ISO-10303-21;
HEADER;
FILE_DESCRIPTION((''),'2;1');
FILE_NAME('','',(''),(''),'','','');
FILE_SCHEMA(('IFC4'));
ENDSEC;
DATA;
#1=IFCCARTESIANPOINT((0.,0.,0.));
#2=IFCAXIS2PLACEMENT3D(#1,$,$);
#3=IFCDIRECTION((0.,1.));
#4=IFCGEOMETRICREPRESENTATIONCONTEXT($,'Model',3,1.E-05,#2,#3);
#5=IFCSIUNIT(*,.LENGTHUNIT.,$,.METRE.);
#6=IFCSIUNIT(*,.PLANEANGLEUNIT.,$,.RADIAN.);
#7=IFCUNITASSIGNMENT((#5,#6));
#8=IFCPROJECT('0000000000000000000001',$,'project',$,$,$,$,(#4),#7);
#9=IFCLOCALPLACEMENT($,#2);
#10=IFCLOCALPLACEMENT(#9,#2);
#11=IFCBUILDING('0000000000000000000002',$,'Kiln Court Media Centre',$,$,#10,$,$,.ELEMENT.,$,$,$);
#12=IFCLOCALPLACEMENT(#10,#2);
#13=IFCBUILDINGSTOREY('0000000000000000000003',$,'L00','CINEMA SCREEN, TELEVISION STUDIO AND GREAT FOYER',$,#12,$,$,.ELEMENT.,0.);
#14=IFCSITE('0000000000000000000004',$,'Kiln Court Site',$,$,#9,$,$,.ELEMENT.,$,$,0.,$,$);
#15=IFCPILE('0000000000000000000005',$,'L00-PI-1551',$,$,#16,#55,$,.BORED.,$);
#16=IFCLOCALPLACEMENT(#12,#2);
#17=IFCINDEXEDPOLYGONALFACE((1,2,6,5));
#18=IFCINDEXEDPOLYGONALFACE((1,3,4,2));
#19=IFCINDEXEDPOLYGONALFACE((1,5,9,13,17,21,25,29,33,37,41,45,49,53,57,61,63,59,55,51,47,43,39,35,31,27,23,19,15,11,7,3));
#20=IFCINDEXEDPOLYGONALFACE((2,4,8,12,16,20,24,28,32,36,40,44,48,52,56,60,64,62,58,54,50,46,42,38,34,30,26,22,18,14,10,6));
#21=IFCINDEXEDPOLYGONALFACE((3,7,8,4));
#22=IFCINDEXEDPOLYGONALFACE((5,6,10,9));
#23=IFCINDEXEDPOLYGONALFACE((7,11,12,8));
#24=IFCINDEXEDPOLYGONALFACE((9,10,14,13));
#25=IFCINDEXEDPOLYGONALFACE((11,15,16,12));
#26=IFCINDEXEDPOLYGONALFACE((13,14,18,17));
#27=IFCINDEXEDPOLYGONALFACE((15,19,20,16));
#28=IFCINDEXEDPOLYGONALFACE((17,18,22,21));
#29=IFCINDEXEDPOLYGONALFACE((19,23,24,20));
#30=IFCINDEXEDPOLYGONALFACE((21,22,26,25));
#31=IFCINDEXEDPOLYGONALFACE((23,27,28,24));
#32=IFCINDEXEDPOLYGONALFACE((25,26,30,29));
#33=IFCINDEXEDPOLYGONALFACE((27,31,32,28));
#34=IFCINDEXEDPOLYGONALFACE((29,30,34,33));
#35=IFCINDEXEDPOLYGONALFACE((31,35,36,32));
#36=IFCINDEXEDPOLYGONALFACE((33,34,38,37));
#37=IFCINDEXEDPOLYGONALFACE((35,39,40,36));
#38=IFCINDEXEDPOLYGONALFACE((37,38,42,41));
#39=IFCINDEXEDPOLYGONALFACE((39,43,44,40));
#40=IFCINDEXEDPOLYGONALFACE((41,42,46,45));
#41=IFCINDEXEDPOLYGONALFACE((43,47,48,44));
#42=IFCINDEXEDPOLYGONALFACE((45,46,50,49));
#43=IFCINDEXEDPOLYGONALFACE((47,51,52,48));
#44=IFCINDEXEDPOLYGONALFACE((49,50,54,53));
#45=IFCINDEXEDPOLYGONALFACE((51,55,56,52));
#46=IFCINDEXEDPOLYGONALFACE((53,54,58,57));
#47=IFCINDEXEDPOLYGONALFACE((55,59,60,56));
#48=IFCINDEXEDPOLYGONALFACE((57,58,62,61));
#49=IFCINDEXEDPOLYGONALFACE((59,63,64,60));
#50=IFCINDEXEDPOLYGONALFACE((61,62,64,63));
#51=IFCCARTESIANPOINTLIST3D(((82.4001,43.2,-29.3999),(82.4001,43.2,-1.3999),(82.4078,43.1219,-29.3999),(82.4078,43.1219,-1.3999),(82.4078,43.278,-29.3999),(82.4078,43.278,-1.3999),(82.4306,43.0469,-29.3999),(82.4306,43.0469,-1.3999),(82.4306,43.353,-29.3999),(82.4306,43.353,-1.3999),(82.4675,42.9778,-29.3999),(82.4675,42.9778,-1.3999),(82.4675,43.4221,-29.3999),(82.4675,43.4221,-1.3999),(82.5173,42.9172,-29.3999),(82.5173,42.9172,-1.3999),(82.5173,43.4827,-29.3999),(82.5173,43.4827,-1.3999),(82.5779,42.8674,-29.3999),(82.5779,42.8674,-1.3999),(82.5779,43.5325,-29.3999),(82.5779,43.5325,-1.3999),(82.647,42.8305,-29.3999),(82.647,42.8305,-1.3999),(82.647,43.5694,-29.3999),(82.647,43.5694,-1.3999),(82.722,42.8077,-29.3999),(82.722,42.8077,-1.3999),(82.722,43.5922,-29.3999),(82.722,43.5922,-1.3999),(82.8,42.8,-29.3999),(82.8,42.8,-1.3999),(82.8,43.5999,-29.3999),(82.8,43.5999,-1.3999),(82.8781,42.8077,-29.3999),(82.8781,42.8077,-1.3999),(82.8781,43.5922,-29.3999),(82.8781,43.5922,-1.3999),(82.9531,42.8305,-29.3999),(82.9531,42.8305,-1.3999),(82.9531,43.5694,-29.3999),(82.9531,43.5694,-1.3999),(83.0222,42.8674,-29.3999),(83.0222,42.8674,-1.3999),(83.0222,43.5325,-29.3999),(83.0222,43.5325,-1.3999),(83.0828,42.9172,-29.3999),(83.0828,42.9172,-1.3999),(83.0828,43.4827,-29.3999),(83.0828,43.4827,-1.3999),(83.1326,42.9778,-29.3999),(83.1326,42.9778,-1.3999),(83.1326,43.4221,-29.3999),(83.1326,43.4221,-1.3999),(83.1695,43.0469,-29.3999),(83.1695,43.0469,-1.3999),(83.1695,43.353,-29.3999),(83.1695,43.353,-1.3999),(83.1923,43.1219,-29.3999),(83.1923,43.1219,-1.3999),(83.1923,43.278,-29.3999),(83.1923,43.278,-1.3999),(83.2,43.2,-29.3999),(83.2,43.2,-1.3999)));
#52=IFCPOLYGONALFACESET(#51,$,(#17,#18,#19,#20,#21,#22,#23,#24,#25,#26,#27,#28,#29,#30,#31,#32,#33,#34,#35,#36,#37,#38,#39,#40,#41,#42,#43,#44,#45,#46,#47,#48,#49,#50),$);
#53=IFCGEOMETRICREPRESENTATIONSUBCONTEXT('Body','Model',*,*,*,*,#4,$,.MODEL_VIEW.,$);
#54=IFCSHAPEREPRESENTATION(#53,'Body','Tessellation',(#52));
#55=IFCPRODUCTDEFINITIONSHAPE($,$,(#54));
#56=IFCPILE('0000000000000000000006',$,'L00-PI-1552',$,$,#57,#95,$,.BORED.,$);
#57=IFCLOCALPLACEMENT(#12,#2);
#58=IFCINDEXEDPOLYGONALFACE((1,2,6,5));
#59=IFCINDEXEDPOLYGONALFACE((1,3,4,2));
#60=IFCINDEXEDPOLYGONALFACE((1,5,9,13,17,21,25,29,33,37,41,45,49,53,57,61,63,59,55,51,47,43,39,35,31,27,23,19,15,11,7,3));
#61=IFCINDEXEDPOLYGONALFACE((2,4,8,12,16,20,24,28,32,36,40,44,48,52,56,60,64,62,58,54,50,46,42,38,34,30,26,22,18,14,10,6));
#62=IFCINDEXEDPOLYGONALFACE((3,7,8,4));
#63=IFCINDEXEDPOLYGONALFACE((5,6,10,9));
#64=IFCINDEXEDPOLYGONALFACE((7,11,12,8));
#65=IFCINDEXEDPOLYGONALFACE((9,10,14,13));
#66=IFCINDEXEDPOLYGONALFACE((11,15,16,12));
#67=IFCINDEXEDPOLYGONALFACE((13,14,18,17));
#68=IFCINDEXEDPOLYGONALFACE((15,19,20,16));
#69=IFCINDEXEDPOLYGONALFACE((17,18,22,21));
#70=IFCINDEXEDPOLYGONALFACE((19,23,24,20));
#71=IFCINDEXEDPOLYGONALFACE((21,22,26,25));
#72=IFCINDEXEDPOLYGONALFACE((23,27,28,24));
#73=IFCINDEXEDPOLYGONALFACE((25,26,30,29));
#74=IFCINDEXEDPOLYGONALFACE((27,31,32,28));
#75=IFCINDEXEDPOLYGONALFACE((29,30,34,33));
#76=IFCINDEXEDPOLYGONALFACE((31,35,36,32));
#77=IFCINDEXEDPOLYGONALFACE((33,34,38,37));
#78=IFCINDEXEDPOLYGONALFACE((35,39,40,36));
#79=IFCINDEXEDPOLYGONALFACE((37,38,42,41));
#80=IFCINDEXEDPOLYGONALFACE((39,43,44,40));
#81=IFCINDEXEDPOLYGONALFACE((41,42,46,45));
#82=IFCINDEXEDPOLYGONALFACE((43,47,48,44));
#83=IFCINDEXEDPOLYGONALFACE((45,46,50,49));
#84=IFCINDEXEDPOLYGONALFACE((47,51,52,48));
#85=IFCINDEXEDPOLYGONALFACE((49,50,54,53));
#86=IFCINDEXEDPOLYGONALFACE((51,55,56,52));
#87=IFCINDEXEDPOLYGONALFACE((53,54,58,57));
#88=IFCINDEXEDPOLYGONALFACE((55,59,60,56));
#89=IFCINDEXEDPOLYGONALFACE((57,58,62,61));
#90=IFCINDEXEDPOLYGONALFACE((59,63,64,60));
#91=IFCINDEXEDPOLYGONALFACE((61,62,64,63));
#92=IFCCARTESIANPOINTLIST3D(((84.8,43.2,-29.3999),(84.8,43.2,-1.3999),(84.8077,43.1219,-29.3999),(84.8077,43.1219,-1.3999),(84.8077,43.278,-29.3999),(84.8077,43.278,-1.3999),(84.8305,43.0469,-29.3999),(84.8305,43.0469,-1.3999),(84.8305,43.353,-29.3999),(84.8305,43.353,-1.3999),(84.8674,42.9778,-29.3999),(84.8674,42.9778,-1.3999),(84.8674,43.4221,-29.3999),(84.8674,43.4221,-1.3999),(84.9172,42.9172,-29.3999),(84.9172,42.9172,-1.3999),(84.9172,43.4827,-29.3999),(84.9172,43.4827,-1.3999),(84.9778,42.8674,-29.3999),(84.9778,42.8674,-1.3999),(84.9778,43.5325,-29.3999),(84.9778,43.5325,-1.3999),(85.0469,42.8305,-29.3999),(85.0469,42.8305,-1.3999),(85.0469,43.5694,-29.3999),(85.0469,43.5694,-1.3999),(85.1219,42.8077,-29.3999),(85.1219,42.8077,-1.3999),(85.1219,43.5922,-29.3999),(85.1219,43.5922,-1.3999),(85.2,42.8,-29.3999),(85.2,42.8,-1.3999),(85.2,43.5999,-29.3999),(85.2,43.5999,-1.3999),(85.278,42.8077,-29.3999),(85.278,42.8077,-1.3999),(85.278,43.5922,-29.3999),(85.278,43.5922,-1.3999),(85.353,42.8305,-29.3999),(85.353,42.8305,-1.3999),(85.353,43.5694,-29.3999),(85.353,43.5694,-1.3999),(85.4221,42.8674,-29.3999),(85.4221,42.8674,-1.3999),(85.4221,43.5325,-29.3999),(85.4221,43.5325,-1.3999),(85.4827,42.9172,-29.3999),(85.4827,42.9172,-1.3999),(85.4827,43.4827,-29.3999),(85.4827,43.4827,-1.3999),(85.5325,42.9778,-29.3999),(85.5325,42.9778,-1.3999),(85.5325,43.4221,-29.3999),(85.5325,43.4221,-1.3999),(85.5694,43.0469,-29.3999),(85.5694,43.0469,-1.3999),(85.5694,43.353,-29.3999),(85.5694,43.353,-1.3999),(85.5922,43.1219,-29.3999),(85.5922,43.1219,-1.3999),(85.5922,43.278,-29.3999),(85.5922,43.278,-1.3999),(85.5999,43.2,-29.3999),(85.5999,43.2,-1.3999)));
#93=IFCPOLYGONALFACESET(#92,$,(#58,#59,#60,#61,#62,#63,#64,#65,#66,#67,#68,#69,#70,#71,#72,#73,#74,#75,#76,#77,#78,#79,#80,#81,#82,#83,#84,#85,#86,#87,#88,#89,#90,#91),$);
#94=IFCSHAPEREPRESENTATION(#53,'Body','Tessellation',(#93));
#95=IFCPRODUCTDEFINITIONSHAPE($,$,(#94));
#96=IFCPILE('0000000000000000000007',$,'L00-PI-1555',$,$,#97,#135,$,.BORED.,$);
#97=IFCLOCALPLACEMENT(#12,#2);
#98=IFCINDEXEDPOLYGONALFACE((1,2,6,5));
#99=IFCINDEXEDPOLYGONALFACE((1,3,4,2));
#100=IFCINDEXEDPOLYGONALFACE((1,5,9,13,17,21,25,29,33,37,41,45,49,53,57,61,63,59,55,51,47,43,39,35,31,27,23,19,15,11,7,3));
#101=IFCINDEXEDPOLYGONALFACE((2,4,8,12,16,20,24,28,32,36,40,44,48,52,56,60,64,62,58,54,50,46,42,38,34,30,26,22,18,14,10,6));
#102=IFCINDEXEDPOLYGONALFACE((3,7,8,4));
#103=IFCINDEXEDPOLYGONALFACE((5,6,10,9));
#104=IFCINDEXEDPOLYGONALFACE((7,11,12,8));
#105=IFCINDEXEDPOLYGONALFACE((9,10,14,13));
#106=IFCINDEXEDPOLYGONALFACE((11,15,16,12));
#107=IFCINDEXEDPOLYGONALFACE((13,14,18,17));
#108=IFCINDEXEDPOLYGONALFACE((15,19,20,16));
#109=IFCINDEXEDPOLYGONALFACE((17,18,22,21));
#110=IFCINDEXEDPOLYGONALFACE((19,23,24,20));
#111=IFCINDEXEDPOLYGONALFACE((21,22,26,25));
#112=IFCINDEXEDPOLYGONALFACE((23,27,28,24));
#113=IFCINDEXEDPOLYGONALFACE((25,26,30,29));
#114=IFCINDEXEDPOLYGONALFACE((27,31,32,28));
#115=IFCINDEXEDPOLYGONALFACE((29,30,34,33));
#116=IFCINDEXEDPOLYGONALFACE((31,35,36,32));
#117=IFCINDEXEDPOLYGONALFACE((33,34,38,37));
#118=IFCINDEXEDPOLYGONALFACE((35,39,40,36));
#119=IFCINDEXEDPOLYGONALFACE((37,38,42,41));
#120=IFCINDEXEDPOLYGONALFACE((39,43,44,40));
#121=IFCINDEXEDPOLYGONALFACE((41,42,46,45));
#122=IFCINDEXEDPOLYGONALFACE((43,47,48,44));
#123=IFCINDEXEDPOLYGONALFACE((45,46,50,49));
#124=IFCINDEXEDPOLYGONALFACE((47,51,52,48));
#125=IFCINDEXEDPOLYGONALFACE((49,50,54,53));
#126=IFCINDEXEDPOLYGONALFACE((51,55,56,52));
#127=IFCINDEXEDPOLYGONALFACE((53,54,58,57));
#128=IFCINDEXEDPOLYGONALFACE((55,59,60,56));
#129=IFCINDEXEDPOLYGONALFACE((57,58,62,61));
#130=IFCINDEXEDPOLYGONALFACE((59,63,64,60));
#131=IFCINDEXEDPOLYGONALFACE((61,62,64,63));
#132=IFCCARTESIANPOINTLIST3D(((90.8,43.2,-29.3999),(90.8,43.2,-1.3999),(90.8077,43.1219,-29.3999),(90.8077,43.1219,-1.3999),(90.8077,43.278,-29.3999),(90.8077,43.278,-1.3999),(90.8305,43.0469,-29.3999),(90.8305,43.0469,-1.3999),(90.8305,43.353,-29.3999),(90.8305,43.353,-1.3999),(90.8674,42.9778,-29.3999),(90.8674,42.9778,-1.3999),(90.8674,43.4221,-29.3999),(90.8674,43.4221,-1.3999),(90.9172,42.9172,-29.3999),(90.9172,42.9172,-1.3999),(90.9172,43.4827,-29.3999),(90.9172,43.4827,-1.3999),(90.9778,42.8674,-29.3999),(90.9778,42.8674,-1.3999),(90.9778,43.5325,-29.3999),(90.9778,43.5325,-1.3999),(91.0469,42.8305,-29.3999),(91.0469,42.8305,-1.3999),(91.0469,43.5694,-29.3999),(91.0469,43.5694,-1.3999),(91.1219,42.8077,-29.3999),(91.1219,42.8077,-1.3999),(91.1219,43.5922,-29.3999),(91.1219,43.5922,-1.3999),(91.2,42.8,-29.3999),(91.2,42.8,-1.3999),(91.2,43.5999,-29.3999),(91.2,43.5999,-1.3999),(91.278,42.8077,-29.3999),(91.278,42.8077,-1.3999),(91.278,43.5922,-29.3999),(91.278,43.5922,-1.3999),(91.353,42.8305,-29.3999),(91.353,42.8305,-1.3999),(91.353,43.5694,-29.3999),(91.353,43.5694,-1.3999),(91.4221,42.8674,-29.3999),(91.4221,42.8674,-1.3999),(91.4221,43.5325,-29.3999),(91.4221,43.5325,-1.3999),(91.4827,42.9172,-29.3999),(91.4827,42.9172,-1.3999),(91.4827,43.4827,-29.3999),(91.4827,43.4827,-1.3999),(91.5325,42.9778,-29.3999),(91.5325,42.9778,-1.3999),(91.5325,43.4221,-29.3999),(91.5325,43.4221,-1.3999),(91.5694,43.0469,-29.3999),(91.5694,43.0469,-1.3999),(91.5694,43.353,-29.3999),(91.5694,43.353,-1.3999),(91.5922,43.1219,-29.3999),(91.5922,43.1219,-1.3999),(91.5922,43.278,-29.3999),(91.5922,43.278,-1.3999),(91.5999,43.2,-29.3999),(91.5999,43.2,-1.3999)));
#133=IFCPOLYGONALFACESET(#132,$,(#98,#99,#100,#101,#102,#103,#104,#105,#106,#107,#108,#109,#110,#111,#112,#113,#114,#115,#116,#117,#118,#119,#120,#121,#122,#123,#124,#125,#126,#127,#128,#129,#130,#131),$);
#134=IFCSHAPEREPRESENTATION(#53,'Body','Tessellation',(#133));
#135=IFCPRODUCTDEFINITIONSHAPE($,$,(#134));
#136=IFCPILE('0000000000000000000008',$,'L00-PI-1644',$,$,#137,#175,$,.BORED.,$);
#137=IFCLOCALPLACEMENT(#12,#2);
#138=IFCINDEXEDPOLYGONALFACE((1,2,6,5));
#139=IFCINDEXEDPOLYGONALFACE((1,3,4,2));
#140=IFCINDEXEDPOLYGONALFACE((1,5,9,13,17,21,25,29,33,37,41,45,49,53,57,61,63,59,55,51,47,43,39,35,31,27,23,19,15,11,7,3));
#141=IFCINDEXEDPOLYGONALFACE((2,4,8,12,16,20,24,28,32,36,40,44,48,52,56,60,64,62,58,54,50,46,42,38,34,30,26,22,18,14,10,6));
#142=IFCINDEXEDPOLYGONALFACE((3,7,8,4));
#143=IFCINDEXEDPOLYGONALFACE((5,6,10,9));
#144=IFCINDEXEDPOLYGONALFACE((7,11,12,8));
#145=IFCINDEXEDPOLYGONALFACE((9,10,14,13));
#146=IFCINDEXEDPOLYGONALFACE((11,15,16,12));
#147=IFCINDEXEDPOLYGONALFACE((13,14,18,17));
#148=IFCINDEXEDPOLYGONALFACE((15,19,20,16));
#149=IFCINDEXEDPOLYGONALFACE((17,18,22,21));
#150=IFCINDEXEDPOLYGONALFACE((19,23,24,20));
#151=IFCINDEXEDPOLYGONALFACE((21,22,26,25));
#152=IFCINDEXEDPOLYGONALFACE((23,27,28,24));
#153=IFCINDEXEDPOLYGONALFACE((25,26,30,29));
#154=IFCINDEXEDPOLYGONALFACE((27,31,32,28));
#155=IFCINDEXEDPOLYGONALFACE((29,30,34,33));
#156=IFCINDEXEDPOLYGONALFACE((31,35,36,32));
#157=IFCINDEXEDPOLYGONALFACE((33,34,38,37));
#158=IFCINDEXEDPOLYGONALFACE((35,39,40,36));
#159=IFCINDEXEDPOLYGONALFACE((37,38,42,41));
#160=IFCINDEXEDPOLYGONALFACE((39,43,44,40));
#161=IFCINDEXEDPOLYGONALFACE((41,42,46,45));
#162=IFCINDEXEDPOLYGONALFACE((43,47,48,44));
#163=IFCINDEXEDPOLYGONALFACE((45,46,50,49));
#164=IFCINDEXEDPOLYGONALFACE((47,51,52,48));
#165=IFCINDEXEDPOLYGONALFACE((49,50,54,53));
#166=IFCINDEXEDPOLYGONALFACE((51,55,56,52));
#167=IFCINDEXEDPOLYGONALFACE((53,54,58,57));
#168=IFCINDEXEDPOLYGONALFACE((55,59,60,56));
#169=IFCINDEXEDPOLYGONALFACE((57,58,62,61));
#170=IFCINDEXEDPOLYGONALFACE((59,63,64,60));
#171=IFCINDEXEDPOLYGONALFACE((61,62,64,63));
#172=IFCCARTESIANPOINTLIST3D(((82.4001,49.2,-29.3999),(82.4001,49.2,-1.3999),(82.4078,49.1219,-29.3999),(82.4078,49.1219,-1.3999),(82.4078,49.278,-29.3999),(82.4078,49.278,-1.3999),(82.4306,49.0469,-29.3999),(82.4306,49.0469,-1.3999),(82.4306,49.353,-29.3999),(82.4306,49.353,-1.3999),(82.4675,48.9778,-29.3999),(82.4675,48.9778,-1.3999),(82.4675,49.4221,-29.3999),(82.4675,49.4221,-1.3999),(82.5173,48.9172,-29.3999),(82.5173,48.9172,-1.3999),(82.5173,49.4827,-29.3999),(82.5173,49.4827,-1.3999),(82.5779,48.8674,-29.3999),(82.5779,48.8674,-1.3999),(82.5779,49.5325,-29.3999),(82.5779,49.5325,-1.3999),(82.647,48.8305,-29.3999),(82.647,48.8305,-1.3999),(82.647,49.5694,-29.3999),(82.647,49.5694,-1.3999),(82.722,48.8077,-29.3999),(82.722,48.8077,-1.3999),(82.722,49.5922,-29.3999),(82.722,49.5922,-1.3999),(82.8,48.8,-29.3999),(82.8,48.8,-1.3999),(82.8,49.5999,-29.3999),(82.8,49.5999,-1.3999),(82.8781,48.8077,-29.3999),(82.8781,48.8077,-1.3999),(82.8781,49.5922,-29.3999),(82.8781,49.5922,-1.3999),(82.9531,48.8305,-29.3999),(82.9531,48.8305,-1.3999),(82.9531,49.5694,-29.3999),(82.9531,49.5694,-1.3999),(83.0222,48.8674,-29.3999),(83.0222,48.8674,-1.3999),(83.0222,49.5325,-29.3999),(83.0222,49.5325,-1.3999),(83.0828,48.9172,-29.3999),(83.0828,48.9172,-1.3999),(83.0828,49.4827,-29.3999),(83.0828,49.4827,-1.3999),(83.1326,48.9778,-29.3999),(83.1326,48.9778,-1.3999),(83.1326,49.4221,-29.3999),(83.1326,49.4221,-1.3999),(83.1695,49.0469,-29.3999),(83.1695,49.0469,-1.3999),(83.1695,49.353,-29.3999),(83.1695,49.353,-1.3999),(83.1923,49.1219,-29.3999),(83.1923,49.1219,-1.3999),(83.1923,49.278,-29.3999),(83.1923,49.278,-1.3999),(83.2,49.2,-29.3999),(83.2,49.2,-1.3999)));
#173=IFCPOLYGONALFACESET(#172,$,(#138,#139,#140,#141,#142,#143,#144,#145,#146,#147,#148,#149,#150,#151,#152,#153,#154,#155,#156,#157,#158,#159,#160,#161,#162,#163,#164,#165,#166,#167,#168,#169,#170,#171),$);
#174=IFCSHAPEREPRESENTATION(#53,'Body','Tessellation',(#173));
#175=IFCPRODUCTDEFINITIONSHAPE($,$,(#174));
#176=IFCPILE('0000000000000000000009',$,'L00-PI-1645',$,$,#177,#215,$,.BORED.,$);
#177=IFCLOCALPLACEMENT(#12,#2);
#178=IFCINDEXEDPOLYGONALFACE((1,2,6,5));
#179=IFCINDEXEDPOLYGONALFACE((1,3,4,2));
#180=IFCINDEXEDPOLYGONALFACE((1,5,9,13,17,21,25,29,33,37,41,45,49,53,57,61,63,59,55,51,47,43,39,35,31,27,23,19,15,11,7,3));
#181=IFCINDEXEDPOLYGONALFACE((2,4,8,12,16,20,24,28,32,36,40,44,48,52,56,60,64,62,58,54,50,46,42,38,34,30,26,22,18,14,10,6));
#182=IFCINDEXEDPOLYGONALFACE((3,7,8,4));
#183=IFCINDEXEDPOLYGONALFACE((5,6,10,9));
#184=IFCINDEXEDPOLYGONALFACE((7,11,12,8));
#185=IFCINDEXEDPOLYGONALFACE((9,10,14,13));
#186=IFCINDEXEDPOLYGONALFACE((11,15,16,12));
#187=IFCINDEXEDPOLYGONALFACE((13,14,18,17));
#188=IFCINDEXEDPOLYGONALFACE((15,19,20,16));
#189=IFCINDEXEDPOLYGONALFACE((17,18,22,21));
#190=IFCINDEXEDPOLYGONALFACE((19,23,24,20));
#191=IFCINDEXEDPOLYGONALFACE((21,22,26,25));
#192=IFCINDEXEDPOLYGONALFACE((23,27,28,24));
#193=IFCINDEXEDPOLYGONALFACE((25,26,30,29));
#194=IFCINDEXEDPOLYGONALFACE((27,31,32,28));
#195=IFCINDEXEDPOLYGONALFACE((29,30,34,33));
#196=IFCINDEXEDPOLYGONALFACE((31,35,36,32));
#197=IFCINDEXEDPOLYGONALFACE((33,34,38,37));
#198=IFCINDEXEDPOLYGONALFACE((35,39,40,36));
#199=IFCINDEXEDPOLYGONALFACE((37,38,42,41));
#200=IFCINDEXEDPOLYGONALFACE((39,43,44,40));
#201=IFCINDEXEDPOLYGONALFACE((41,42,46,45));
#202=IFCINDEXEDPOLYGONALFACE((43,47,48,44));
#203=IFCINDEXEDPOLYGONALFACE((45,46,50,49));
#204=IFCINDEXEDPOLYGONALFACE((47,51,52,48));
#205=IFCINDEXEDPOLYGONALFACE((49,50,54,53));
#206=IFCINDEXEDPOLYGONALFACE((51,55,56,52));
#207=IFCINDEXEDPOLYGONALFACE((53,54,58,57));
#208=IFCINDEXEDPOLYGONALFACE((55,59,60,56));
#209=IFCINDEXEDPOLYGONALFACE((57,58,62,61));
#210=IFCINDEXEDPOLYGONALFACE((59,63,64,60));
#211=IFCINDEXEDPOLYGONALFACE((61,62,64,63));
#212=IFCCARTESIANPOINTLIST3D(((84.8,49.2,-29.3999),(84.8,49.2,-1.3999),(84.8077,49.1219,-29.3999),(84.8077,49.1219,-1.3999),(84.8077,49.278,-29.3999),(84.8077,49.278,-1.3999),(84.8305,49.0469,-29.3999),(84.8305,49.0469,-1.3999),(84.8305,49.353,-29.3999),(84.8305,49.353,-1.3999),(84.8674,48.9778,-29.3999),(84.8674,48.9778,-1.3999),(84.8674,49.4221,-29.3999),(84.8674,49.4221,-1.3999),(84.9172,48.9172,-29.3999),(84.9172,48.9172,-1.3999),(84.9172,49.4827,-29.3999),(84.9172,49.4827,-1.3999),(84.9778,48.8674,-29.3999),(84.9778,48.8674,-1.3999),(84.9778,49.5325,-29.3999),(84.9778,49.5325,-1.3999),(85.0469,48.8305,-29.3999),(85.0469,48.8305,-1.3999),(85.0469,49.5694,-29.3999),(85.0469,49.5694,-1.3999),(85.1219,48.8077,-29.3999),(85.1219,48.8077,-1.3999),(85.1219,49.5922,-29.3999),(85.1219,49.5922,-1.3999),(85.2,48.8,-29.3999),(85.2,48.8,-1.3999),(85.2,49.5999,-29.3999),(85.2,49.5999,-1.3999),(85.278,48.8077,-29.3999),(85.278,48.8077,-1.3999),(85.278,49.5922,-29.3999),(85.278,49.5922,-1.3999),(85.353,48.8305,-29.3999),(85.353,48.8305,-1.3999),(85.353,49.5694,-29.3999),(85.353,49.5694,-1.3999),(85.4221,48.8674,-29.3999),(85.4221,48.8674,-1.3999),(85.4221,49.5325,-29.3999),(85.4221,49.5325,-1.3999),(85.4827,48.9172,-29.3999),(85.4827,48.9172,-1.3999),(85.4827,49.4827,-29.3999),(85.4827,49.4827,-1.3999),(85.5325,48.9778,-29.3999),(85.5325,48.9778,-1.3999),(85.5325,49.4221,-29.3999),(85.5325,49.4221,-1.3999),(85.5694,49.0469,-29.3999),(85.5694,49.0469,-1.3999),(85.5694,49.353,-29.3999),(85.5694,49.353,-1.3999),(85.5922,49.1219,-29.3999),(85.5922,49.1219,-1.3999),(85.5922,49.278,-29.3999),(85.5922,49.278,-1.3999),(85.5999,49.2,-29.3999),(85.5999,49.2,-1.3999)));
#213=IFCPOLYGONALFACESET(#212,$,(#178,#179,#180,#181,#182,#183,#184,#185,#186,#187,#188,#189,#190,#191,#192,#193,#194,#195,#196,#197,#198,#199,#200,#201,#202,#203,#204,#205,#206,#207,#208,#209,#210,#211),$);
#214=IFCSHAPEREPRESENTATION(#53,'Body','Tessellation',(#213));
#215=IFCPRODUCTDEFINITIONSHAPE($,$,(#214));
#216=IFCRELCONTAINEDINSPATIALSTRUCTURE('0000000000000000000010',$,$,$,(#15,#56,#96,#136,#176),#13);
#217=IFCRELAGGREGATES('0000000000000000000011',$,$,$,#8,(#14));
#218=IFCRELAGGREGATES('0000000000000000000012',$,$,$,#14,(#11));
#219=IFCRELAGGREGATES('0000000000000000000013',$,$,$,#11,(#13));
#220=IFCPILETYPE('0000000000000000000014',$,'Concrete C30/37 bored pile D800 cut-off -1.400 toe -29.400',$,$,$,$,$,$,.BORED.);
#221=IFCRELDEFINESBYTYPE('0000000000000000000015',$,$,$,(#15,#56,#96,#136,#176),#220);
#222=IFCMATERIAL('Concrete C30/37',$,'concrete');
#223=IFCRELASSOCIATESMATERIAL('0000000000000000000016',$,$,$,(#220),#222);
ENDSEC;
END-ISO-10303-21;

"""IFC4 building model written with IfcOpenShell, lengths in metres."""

from ifc_helpers import new_model, si_unit, direction, frame, origin, origin_2d, place, context, subcontext, project, spatial, circle, extrude, material, material_profile, profile_set, type_object, element, save


model = new_model("IFC4")

# Units and contexts
model_context = context("Model", 3, precision=1e-05, world=origin(), true_north=direction((0.0, 1.0)))
body_context = subcontext(model_context, "Body", "Model", "MODEL_VIEW")
ifc_project = project(units=[si_unit("LENGTHUNIT", "METRE"), si_unit("PLANEANGLEUNIT", "RADIAN")], contexts=[model_context])

# Site, building, storey
site_placement = place(None, origin())
site = spatial("IfcSite", under=ifc_project, at=site_placement, Name="Kiln Court Site", CompositionType="ELEMENT", RefElevation=0.0)
building_placement = place(site_placement, origin())
building = spatial("IfcBuilding", under=site, at=building_placement, Name="Kiln Court Media Centre", CompositionType="ELEMENT")
storey_placement = place(building_placement, origin())
storey = spatial("IfcBuildingStorey", under=building, at=storey_placement, Name="L00", Description="CINEMA SCREEN, TELEVISION STUDIO AND GREAT FOYER", CompositionType="ELEMENT", Elevation=0.0)

# Piles
ifc_material_1 = material(Name="Concrete C30/37", Category="concrete")
ifc_material_profile_1 = material_profile(ifc_material_1, circle(Radius=0.3999, at=origin_2d()), Name="PILE D800")
ifc_profile_set_1 = profile_set([ifc_material_profile_1], Name="Concrete C30/37")
pile_type_1 = type_object("IfcPileType", Name="Concrete C30/37 bored pile D800 cut-off -1.400 toe -29.400", PredefinedType="BORED", material=ifc_profile_set_1)
for number, where, z_axis, x_axis, name in (
    (1, (82.8, 43.2, -1.3999), (0.0, 0.0, -1.0), (1.0, 0.0, 0.0), "L00-PI-1551"),
    (2, (85.2, 43.2, -1.3999), (0.0, 0.0, -1.0), (1.0, 0.0, 0.0), "L00-PI-1552"),
    (3, (91.2, 43.2, -1.3999), (0.0, 0.0, -1.0), (1.0, 0.0, 0.0), "L00-PI-1555"),
    (4, (82.8, 49.2, -1.3999), (0.0, 0.0, -1.0), (1.0, 0.0, 0.0), "L00-PI-1644"),
    (5, (85.2, 49.2, -1.3999), (0.0, 0.0, -1.0), (1.0, 0.0, 0.0), "L00-PI-1645"),
):
    element("IfcPile", number, at=place(storey_placement, frame(where, z_axis=z_axis, x_axis=x_axis)), inside=storey, type_object=pile_type_1, Name=name, PredefinedType="BORED", context=body_context, shape_type="SweptSolid", body=[
        extrude(circle(Radius=0.3999, at=origin_2d()), origin(), (0.0, 0.0, 1.0), 28.0),
    ])

save(model, "model.ifc")
